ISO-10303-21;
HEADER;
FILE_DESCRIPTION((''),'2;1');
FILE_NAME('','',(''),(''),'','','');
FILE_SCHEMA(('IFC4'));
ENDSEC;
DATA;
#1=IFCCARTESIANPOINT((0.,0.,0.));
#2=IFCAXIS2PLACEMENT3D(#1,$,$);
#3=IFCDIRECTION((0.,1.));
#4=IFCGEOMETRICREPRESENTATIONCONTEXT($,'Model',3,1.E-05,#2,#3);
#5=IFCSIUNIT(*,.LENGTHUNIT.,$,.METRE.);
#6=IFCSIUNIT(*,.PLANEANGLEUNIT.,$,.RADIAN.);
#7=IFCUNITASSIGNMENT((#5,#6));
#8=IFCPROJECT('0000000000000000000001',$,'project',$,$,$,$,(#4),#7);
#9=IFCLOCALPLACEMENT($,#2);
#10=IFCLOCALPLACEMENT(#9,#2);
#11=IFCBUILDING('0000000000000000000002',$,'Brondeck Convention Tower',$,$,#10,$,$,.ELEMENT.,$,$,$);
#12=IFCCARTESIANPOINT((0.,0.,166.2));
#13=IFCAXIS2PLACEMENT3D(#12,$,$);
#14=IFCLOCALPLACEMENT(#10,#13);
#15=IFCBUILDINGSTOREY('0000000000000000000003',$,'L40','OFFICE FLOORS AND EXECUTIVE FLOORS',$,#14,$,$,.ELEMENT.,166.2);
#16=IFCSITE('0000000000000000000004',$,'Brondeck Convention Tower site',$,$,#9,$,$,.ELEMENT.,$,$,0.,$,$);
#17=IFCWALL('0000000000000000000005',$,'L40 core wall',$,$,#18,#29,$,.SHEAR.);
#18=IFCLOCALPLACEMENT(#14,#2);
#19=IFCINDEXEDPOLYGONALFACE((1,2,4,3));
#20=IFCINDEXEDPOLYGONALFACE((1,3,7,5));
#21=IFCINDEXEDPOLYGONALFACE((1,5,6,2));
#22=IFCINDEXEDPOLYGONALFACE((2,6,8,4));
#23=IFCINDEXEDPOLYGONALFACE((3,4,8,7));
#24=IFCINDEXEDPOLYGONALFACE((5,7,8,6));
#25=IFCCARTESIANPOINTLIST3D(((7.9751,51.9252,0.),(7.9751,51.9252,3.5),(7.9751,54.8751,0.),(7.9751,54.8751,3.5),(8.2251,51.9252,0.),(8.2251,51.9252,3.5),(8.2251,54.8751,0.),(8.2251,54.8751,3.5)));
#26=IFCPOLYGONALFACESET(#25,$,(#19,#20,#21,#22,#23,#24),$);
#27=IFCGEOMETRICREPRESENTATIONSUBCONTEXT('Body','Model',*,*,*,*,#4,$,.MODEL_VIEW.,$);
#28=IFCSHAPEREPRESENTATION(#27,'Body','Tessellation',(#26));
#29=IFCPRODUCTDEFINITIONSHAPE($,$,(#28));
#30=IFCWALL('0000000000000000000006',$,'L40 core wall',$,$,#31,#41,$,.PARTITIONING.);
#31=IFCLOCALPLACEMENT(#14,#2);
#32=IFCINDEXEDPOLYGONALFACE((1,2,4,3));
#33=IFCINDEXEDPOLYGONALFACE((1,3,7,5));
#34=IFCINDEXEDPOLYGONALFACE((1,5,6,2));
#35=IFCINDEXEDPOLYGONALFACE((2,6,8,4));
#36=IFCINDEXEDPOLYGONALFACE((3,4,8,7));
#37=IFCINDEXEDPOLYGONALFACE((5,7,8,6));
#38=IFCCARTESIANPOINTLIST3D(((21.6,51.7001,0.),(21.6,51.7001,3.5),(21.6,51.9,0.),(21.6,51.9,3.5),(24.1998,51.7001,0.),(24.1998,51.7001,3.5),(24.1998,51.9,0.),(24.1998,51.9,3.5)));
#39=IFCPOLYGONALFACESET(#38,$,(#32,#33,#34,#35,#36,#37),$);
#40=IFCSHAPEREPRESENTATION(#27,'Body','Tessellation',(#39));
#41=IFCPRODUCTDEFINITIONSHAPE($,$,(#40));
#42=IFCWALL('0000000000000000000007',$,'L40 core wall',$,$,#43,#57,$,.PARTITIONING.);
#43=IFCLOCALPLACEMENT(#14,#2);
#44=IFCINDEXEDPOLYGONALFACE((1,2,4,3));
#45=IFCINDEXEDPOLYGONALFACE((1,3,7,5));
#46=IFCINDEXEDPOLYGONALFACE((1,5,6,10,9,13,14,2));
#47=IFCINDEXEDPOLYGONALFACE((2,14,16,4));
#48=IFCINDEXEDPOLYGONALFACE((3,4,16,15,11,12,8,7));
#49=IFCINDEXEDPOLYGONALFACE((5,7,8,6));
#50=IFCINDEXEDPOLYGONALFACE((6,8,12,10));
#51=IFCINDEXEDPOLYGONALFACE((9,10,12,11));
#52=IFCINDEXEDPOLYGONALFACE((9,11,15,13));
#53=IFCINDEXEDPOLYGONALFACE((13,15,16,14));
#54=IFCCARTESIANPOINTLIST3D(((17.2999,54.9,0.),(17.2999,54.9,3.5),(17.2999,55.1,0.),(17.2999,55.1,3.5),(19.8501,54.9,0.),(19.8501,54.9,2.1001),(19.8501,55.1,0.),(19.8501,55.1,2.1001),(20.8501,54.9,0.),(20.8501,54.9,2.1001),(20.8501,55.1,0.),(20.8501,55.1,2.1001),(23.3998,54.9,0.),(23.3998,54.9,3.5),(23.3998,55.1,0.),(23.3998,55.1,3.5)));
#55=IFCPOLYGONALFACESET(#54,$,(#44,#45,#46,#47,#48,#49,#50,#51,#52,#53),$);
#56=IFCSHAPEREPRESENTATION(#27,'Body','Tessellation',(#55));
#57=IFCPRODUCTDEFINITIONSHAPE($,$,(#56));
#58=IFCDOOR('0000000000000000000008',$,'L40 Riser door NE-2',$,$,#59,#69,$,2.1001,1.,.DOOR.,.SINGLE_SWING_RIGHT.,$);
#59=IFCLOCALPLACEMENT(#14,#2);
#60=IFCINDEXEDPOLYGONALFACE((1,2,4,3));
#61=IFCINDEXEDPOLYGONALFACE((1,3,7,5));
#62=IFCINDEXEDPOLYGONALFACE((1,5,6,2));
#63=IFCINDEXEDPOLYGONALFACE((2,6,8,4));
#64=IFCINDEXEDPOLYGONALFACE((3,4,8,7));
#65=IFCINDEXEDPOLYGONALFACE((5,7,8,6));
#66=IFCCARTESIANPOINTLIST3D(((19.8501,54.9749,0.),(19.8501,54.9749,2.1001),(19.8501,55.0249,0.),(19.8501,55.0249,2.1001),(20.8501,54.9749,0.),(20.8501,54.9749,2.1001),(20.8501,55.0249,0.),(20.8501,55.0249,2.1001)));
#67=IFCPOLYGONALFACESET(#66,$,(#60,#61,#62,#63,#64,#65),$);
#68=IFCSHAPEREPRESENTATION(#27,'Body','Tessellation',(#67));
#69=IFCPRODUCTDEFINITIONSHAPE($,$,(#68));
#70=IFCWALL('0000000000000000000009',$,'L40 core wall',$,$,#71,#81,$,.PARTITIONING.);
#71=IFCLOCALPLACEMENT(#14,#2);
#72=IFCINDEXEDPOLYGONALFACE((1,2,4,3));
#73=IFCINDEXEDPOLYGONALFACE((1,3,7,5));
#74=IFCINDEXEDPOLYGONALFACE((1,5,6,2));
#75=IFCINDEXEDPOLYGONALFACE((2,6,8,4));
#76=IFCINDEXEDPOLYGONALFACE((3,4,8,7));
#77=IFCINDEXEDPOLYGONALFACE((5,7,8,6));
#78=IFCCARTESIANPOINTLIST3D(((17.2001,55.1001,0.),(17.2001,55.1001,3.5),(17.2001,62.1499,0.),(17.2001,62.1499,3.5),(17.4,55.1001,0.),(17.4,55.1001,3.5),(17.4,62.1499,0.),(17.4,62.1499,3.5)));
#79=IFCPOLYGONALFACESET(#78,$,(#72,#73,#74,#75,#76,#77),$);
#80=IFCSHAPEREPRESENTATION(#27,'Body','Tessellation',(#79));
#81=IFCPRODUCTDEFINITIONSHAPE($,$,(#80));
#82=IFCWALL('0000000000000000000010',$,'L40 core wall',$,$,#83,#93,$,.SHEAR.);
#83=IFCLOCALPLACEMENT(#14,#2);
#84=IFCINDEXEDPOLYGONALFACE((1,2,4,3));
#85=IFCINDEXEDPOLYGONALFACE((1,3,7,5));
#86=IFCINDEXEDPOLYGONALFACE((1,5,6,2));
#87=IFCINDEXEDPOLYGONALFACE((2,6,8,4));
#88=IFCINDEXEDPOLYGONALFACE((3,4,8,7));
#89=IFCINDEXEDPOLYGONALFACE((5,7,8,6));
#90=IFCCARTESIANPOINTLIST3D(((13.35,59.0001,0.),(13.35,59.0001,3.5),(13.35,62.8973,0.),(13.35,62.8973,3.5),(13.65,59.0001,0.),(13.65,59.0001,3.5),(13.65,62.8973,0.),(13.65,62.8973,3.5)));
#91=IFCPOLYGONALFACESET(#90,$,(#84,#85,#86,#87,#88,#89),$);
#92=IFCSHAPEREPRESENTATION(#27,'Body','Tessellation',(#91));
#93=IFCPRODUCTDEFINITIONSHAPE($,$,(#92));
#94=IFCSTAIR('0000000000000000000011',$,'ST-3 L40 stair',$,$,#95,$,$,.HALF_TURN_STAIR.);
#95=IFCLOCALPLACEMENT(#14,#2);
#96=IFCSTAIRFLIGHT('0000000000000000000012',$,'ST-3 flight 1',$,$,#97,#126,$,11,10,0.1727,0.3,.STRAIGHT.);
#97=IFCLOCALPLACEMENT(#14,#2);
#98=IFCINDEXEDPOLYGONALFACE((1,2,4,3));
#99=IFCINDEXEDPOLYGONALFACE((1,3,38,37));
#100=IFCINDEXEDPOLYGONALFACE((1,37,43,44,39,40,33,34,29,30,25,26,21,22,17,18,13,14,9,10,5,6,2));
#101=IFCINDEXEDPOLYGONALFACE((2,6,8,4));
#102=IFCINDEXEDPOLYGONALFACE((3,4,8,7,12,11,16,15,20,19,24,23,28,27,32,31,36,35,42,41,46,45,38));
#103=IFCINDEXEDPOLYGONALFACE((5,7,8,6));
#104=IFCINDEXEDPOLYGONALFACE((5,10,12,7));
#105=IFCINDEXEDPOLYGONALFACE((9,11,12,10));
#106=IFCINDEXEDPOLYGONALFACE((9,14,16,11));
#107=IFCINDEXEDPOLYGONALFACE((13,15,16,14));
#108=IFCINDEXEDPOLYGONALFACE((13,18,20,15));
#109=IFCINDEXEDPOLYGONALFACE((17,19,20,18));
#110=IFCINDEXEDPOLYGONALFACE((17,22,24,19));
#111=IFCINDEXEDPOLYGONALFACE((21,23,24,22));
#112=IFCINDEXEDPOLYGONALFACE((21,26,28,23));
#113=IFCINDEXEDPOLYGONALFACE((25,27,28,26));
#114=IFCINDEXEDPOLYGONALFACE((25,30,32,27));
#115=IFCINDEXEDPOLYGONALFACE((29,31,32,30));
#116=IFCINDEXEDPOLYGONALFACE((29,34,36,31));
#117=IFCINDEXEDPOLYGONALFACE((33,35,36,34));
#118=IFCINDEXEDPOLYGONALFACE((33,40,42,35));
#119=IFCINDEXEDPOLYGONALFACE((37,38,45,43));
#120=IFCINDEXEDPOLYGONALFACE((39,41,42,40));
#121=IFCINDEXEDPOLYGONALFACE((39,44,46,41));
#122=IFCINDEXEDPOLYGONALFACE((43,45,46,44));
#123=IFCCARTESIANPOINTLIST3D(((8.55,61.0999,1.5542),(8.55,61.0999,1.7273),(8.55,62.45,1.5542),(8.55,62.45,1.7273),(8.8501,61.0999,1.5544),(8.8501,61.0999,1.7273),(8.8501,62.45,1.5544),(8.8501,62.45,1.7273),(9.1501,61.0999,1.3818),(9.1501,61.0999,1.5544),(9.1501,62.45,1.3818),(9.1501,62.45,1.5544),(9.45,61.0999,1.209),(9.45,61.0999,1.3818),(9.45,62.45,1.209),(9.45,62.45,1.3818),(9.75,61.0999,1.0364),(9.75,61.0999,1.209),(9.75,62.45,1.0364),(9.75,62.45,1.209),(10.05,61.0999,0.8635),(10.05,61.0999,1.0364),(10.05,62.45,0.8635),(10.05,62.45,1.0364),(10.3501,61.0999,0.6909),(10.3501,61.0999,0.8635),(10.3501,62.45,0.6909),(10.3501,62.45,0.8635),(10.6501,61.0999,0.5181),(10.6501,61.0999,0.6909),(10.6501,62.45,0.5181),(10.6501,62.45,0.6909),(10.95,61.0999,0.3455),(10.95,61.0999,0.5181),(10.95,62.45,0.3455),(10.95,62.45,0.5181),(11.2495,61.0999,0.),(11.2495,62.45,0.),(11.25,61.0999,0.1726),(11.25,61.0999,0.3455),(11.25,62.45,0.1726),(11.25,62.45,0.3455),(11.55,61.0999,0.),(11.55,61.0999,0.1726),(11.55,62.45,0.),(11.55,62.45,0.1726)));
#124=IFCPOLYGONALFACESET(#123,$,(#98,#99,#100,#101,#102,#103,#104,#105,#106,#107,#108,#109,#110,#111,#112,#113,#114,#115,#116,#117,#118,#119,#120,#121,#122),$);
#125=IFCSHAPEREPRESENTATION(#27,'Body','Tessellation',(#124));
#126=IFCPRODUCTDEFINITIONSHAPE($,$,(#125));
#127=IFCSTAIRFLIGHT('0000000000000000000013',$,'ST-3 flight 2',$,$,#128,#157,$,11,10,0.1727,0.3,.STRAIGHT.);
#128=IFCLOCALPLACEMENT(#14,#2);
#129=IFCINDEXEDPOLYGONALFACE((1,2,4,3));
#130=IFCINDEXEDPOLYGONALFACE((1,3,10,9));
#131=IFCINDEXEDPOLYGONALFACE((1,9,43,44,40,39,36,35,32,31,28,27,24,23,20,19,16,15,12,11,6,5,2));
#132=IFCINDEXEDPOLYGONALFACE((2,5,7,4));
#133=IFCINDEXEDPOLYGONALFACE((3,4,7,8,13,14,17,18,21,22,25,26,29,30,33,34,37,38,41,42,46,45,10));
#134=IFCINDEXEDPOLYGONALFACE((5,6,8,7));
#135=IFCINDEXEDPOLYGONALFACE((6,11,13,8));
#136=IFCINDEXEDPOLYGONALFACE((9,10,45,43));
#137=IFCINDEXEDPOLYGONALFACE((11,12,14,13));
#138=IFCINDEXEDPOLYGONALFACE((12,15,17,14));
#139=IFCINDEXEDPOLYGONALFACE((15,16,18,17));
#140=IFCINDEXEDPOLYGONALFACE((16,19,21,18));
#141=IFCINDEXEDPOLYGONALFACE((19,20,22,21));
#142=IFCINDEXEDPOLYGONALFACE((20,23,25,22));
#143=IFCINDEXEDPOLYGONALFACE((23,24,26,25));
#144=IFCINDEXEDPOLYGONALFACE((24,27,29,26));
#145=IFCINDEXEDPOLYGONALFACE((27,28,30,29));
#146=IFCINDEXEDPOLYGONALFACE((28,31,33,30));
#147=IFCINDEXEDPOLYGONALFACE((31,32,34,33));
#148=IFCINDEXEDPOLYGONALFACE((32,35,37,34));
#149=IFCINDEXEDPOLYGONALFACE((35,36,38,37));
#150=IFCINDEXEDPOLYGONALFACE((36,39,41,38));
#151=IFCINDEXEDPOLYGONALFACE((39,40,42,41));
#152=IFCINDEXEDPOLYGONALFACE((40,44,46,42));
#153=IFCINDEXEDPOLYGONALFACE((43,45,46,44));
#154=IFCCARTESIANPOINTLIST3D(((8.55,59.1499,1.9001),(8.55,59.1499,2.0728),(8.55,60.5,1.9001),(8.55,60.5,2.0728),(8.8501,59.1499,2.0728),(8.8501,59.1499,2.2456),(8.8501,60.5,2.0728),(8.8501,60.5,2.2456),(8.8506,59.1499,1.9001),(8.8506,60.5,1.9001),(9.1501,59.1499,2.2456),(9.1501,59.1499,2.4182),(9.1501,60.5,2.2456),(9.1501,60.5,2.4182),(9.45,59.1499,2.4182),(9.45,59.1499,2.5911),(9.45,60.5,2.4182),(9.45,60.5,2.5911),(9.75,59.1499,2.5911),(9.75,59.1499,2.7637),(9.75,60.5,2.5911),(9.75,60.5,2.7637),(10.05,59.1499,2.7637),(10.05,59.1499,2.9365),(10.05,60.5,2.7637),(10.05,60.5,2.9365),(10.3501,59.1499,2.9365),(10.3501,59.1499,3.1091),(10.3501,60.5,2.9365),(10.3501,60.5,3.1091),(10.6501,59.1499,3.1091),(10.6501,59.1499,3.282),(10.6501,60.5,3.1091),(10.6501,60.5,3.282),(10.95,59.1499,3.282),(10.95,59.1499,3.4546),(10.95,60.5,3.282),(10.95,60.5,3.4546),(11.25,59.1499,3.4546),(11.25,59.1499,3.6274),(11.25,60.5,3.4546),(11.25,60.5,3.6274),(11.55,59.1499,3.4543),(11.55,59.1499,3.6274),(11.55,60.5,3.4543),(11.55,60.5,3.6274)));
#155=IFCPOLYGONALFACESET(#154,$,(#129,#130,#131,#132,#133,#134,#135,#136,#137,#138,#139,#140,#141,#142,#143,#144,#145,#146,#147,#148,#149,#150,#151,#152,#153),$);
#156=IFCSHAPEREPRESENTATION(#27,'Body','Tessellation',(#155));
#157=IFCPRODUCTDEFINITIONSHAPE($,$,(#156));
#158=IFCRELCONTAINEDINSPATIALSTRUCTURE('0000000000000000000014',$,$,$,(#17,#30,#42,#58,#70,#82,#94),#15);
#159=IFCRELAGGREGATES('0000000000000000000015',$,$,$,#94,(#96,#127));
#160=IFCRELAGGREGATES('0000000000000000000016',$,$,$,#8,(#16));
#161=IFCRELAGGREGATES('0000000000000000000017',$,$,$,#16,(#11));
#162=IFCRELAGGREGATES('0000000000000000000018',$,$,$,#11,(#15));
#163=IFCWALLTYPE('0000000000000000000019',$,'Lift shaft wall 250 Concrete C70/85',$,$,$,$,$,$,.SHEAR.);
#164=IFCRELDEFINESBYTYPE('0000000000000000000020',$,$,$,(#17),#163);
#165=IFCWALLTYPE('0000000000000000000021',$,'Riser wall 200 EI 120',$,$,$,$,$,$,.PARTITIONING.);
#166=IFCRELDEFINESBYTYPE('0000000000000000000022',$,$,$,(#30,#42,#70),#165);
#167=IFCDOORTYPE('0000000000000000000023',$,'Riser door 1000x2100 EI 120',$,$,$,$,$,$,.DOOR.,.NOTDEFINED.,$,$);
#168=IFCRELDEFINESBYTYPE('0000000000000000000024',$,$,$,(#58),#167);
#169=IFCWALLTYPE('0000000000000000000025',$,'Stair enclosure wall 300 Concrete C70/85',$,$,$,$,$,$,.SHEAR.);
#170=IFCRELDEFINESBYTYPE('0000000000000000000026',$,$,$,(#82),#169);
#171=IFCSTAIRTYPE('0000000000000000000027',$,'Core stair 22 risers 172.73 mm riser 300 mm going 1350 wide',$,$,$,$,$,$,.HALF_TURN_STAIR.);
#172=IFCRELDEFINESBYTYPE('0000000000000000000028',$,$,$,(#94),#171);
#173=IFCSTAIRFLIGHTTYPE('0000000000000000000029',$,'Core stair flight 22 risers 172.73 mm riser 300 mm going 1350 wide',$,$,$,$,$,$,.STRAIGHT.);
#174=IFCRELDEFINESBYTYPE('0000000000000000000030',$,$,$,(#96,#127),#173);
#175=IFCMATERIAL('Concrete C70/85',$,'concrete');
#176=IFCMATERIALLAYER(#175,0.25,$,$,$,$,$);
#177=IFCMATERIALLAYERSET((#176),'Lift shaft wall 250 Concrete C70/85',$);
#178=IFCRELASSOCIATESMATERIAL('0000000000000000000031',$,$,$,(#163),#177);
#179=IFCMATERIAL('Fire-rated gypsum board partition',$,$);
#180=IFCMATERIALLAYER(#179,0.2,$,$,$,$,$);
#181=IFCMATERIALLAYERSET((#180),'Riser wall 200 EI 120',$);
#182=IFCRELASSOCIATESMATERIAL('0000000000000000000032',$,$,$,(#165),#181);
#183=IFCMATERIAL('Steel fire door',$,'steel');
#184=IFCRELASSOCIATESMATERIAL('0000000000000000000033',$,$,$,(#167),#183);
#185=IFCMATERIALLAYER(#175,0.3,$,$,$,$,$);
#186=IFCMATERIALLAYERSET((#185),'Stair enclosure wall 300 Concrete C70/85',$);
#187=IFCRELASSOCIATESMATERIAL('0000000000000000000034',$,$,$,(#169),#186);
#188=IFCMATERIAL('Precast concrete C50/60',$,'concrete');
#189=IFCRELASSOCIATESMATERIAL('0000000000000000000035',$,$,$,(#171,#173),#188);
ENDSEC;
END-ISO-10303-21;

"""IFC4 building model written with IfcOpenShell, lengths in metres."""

from ifc_helpers import new_model, si_unit, direction, frame, frame_2d, origin, place, context, subcontext, project, spatial, polyline, rectangle, outline, extrude, material, layer, layer_set, type_object, element, fill, aggregate, save


model = new_model("IFC4")

# Units and contexts
model_context = context("Model", 3, precision=1e-05, world=origin(), true_north=direction((0.0, 1.0)))
body_context = subcontext(model_context, "Body", "Model", "MODEL_VIEW")
ifc_project = project(units=[si_unit("LENGTHUNIT", "METRE"), si_unit("PLANEANGLEUNIT", "RADIAN")], contexts=[model_context])

# Site, building, storey
site_placement = place(None, origin())
site = spatial("IfcSite", under=ifc_project, at=site_placement, Name="Brondeck Convention Tower site", CompositionType="ELEMENT", RefElevation=0.0)
building_placement = place(site_placement, origin())
building = spatial("IfcBuilding", under=site, at=building_placement, Name="Brondeck Convention Tower", CompositionType="ELEMENT")
storey_placement = place(building_placement, frame((0.0, 0.0, 166.2)))
storey = spatial("IfcBuildingStorey", under=building, at=storey_placement, Name="L40", Description="OFFICE FLOORS AND EXECUTIVE FLOORS", CompositionType="ELEMENT", Elevation=166.2)

# Shared definitions
ifc_material_1 = material(Name="Concrete C70/85", Category="concrete")

# Shared definitions
ifc_material_2 = material(Name="Fire-rated gypsum board partition")

# Shared definitions
ifc_material_3 = material(Name="Steel fire door", Category="steel")

# Walls
ifc_layer_1 = layer(ifc_material_1, 0.25)
ifc_layer_set_1 = layer_set([ifc_layer_1], Name="Lift shaft wall 250 Concrete C70/85")
wall_type_1 = type_object("IfcWallType", Name="Lift shaft wall 250 Concrete C70/85", PredefinedType="SHEAR", material=ifc_layer_set_1)
wall_1_placement = place(storey_placement, frame((8.1001, 51.925, 0.0), z_axis=(0.0, 0.0, 1.0), x_axis=(0.0, 1.0, 0.0)))
element("IfcWall", 1, at=wall_1_placement, inside=storey, type_object=wall_type_1, Name="L40 core wall", PredefinedType="SHEAR", context=body_context, shape_type="SweptSolid", body=[
    extrude(rectangle(XDim=2.95, YDim=0.25, at=frame_2d((1.4751, 0.0))), origin(), (0.0, 0.0, 1.0), 3.5),
])
ifc_layer_2 = layer(ifc_material_2, 0.2)
ifc_layer_set_2 = layer_set([ifc_layer_2], Name="Riser wall 200 EI 120")
wall_type_2 = type_object("IfcWallType", Name="Riser wall 200 EI 120", PredefinedType="PARTITIONING", material=ifc_layer_set_2)
wall_2_placement = place(storey_placement, frame((21.6001, 51.8, 0.0), z_axis=(0.0, 0.0, 1.0), x_axis=(1.0, 0.0, 0.0)))
element("IfcWall", 2, at=wall_2_placement, inside=storey, type_object=wall_type_2, Name="L40 core wall", PredefinedType="PARTITIONING", context=body_context, shape_type="SweptSolid", body=[
    extrude(rectangle(XDim=2.5999, YDim=0.2, at=frame_2d((1.2998, 0.0))), origin(), (0.0, 0.0, 1.0), 3.5),
])

# Wall, opening, door
wall_3_placement = place(storey_placement, frame((17.3, 55.0, 0.0), z_axis=(0.0, 0.0, 1.0), x_axis=(1.0, 0.0, 0.0)))
wall_3 = element("IfcWall", 3, at=wall_3_placement, inside=storey, type_object=wall_type_2, Name="L40 core wall", PredefinedType="PARTITIONING", context=body_context, shape_type="SweptSolid", body=[
    extrude(rectangle(XDim=6.0999, YDim=0.2, at=frame_2d((3.0498, 0.0))), origin(), (0.0, 0.0, 1.0), 3.5),
])
opening_1_placement = place(wall_3_placement, frame((2.55, 0.0, 0.0)))
opening_1 = element("IfcOpeningElement", 4, at=opening_1_placement, cuts=wall_3, PredefinedType="OPENING", context=body_context, shape_type="SweptSolid", body=[
    extrude(rectangle(XDim=1.0, YDim=2.1001, at=frame_2d((0.5, 1.05))), frame((0.0, 0.1099, 0.0), z_axis=(0.0, -1.0, 0.0), x_axis=(1.0, 0.0, 0.0)), (0.0, 0.0, 1.0), 0.22),
])
door_type_1 = type_object("IfcDoorType", Name="Riser door 1000x2100 EI 120", OperationType="NOTDEFINED", PredefinedType="DOOR", material=ifc_material_3)
door_1_placement = place(opening_1_placement, origin())
door_1 = element("IfcDoor", 5, at=door_1_placement, inside=storey, type_object=door_type_1, Name="L40 Riser door NE-2", OperationType="SINGLE_SWING_RIGHT", OverallHeight=2.1001, OverallWidth=1.0, PredefinedType="DOOR", context=body_context, shape_type="SweptSolid", body=[
    extrude(rectangle(XDim=1.0, YDim=2.1001, at=frame_2d((0.5, 1.05))), frame((0.0, 0.0249, 0.0), z_axis=(0.0, -1.0, 0.0), x_axis=(1.0, 0.0, 0.0)), (0.0, 0.0, 1.0), 0.05),
])
fill(opening_1, door_1)

# Walls
wall_4_placement = place(storey_placement, frame((17.3, 55.1001, 0.0), z_axis=(0.0, 0.0, 1.0), x_axis=(0.0, 1.0, 0.0)))
element("IfcWall", 6, at=wall_4_placement, inside=storey, type_object=wall_type_2, Name="L40 core wall", PredefinedType="PARTITIONING", context=body_context, shape_type="SweptSolid", body=[
    extrude(rectangle(XDim=7.0498, YDim=0.2, at=frame_2d((3.5249, 0.0))), origin(), (0.0, 0.0, 1.0), 3.5),
])
ifc_layer_3 = layer(ifc_material_1, 0.3)
ifc_layer_set_3 = layer_set([ifc_layer_3], Name="Stair enclosure wall 300 Concrete C70/85")
wall_type_3 = type_object("IfcWallType", Name="Stair enclosure wall 300 Concrete C70/85", PredefinedType="SHEAR", material=ifc_layer_set_3)
wall_5_placement = place(storey_placement, frame((13.5, 59.0, 0.0), z_axis=(0.0, 0.0, 1.0), x_axis=(0.0, 1.0, 0.0)))
element("IfcWall", 7, at=wall_5_placement, inside=storey, type_object=wall_type_3, Name="L40 core wall", PredefinedType="SHEAR", context=body_context, shape_type="SweptSolid", body=[
    extrude(rectangle(XDim=3.8972, YDim=0.3, at=frame_2d((1.9487, 0.0))), origin(), (0.0, 0.0, 1.0), 3.5),
])

# Stair, stair flights
ifc_material_4 = material(Name="Precast concrete C50/60", Category="concrete")
stair_type = type_object("IfcStairType", Name="Core stair 22 risers 172.73 mm riser 300 mm going 1350 wide", PredefinedType="HALF_TURN_STAIR", material=ifc_material_4)
stair_placement = place(storey_placement, origin())
stair = element("IfcStair", 8, at=stair_placement, inside=storey, type_object=stair_type, Name="ST-3 L40 stair", PredefinedType="HALF_TURN_STAIR")
stair_flight_type = type_object("IfcStairFlightType", Name="Core stair flight 22 risers 172.73 mm riser 300 mm going 1350 wide", PredefinedType="STRAIGHT", material=ifc_material_4)
stair_flight_1_placement = place(storey_placement, frame((11.55, 61.7749, 0.0), z_axis=(0.0, 0.0, 1.0), x_axis=(-1.0, 0.0, 0.0)))
stair_flight_1 = element("IfcStairFlight", 9, at=stair_flight_1_placement, type_object=stair_flight_type, Name="ST-3 flight 1", NumberOfRisers=11, NumberOfTreads=10, PredefinedType="STRAIGHT", RiserHeight=0.1727, TreadLength=0.3, context=body_context, shape_type="SweptSolid", body=[
    extrude(outline(polyline([(0.0, 0.0), (0.0, 0.1726), (0.3, 0.1726), (0.3, 0.3455), (0.6001, 0.3455), (0.6001, 0.5181), (0.8999, 0.5181), (0.8999, 0.6909), (1.2, 0.6909), (1.2, 0.8635), (1.5, 0.8635), (1.5, 1.0364), (1.8, 1.0364), (1.8, 1.209), (2.1001, 1.209), (2.1001, 1.3818), (2.3999, 1.3818), (2.3999, 1.5544), (2.7, 1.5544), (2.7, 1.7273), (3.0, 1.7273), (3.0, 1.8999), (3.0, 1.5542), (0.3005, 0.0), (0.0, 0.0)])), frame((0.0, 0.675, 0.0), z_axis=(0.0, -1.0, 0.0), x_axis=(1.0, 0.0, 0.0)), (0.0, 0.0, 1.0), 1.3501),
])
stair_flight_2_placement = place(storey_placement, frame((8.55, 59.825, 1.9001), z_axis=(0.0, 0.0, 1.0), x_axis=(1.0, 0.0, 0.0)))
stair_flight_2 = element("IfcStairFlight", 10, at=stair_flight_2_placement, type_object=stair_flight_type, Name="ST-3 flight 2", NumberOfRisers=11, NumberOfTreads=10, PredefinedType="STRAIGHT", RiserHeight=0.1727, TreadLength=0.3, context=body_context, shape_type="SweptSolid", body=[
    extrude(outline(polyline([(0.0, 0.0), (0.0, 0.1726), (0.3, 0.1726), (0.3, 0.3455), (0.6001, 0.3455), (0.6001, 0.5181), (0.8999, 0.5181), (0.8999, 0.6909), (1.2, 0.6909), (1.2, 0.8635), (1.5, 0.8635), (1.5, 1.0364), (1.8, 1.0364), (1.8, 1.209), (2.1001, 1.209), (2.1001, 1.3818), (2.3999, 1.3818), (2.3999, 1.5544), (2.7, 1.5544), (2.7, 1.7273), (3.0, 1.7273), (3.0, 1.8999), (3.0, 1.5542), (0.3005, 0.0), (0.0, 0.0)])), frame((0.0, 0.675, 0.0), z_axis=(0.0, -1.0, 0.0), x_axis=(1.0, 0.0, 0.0)), (0.0, 0.0, 1.0), 1.3501),
])
aggregate(stair, [stair_flight_1, stair_flight_2])

save(model, "model.ifc")
